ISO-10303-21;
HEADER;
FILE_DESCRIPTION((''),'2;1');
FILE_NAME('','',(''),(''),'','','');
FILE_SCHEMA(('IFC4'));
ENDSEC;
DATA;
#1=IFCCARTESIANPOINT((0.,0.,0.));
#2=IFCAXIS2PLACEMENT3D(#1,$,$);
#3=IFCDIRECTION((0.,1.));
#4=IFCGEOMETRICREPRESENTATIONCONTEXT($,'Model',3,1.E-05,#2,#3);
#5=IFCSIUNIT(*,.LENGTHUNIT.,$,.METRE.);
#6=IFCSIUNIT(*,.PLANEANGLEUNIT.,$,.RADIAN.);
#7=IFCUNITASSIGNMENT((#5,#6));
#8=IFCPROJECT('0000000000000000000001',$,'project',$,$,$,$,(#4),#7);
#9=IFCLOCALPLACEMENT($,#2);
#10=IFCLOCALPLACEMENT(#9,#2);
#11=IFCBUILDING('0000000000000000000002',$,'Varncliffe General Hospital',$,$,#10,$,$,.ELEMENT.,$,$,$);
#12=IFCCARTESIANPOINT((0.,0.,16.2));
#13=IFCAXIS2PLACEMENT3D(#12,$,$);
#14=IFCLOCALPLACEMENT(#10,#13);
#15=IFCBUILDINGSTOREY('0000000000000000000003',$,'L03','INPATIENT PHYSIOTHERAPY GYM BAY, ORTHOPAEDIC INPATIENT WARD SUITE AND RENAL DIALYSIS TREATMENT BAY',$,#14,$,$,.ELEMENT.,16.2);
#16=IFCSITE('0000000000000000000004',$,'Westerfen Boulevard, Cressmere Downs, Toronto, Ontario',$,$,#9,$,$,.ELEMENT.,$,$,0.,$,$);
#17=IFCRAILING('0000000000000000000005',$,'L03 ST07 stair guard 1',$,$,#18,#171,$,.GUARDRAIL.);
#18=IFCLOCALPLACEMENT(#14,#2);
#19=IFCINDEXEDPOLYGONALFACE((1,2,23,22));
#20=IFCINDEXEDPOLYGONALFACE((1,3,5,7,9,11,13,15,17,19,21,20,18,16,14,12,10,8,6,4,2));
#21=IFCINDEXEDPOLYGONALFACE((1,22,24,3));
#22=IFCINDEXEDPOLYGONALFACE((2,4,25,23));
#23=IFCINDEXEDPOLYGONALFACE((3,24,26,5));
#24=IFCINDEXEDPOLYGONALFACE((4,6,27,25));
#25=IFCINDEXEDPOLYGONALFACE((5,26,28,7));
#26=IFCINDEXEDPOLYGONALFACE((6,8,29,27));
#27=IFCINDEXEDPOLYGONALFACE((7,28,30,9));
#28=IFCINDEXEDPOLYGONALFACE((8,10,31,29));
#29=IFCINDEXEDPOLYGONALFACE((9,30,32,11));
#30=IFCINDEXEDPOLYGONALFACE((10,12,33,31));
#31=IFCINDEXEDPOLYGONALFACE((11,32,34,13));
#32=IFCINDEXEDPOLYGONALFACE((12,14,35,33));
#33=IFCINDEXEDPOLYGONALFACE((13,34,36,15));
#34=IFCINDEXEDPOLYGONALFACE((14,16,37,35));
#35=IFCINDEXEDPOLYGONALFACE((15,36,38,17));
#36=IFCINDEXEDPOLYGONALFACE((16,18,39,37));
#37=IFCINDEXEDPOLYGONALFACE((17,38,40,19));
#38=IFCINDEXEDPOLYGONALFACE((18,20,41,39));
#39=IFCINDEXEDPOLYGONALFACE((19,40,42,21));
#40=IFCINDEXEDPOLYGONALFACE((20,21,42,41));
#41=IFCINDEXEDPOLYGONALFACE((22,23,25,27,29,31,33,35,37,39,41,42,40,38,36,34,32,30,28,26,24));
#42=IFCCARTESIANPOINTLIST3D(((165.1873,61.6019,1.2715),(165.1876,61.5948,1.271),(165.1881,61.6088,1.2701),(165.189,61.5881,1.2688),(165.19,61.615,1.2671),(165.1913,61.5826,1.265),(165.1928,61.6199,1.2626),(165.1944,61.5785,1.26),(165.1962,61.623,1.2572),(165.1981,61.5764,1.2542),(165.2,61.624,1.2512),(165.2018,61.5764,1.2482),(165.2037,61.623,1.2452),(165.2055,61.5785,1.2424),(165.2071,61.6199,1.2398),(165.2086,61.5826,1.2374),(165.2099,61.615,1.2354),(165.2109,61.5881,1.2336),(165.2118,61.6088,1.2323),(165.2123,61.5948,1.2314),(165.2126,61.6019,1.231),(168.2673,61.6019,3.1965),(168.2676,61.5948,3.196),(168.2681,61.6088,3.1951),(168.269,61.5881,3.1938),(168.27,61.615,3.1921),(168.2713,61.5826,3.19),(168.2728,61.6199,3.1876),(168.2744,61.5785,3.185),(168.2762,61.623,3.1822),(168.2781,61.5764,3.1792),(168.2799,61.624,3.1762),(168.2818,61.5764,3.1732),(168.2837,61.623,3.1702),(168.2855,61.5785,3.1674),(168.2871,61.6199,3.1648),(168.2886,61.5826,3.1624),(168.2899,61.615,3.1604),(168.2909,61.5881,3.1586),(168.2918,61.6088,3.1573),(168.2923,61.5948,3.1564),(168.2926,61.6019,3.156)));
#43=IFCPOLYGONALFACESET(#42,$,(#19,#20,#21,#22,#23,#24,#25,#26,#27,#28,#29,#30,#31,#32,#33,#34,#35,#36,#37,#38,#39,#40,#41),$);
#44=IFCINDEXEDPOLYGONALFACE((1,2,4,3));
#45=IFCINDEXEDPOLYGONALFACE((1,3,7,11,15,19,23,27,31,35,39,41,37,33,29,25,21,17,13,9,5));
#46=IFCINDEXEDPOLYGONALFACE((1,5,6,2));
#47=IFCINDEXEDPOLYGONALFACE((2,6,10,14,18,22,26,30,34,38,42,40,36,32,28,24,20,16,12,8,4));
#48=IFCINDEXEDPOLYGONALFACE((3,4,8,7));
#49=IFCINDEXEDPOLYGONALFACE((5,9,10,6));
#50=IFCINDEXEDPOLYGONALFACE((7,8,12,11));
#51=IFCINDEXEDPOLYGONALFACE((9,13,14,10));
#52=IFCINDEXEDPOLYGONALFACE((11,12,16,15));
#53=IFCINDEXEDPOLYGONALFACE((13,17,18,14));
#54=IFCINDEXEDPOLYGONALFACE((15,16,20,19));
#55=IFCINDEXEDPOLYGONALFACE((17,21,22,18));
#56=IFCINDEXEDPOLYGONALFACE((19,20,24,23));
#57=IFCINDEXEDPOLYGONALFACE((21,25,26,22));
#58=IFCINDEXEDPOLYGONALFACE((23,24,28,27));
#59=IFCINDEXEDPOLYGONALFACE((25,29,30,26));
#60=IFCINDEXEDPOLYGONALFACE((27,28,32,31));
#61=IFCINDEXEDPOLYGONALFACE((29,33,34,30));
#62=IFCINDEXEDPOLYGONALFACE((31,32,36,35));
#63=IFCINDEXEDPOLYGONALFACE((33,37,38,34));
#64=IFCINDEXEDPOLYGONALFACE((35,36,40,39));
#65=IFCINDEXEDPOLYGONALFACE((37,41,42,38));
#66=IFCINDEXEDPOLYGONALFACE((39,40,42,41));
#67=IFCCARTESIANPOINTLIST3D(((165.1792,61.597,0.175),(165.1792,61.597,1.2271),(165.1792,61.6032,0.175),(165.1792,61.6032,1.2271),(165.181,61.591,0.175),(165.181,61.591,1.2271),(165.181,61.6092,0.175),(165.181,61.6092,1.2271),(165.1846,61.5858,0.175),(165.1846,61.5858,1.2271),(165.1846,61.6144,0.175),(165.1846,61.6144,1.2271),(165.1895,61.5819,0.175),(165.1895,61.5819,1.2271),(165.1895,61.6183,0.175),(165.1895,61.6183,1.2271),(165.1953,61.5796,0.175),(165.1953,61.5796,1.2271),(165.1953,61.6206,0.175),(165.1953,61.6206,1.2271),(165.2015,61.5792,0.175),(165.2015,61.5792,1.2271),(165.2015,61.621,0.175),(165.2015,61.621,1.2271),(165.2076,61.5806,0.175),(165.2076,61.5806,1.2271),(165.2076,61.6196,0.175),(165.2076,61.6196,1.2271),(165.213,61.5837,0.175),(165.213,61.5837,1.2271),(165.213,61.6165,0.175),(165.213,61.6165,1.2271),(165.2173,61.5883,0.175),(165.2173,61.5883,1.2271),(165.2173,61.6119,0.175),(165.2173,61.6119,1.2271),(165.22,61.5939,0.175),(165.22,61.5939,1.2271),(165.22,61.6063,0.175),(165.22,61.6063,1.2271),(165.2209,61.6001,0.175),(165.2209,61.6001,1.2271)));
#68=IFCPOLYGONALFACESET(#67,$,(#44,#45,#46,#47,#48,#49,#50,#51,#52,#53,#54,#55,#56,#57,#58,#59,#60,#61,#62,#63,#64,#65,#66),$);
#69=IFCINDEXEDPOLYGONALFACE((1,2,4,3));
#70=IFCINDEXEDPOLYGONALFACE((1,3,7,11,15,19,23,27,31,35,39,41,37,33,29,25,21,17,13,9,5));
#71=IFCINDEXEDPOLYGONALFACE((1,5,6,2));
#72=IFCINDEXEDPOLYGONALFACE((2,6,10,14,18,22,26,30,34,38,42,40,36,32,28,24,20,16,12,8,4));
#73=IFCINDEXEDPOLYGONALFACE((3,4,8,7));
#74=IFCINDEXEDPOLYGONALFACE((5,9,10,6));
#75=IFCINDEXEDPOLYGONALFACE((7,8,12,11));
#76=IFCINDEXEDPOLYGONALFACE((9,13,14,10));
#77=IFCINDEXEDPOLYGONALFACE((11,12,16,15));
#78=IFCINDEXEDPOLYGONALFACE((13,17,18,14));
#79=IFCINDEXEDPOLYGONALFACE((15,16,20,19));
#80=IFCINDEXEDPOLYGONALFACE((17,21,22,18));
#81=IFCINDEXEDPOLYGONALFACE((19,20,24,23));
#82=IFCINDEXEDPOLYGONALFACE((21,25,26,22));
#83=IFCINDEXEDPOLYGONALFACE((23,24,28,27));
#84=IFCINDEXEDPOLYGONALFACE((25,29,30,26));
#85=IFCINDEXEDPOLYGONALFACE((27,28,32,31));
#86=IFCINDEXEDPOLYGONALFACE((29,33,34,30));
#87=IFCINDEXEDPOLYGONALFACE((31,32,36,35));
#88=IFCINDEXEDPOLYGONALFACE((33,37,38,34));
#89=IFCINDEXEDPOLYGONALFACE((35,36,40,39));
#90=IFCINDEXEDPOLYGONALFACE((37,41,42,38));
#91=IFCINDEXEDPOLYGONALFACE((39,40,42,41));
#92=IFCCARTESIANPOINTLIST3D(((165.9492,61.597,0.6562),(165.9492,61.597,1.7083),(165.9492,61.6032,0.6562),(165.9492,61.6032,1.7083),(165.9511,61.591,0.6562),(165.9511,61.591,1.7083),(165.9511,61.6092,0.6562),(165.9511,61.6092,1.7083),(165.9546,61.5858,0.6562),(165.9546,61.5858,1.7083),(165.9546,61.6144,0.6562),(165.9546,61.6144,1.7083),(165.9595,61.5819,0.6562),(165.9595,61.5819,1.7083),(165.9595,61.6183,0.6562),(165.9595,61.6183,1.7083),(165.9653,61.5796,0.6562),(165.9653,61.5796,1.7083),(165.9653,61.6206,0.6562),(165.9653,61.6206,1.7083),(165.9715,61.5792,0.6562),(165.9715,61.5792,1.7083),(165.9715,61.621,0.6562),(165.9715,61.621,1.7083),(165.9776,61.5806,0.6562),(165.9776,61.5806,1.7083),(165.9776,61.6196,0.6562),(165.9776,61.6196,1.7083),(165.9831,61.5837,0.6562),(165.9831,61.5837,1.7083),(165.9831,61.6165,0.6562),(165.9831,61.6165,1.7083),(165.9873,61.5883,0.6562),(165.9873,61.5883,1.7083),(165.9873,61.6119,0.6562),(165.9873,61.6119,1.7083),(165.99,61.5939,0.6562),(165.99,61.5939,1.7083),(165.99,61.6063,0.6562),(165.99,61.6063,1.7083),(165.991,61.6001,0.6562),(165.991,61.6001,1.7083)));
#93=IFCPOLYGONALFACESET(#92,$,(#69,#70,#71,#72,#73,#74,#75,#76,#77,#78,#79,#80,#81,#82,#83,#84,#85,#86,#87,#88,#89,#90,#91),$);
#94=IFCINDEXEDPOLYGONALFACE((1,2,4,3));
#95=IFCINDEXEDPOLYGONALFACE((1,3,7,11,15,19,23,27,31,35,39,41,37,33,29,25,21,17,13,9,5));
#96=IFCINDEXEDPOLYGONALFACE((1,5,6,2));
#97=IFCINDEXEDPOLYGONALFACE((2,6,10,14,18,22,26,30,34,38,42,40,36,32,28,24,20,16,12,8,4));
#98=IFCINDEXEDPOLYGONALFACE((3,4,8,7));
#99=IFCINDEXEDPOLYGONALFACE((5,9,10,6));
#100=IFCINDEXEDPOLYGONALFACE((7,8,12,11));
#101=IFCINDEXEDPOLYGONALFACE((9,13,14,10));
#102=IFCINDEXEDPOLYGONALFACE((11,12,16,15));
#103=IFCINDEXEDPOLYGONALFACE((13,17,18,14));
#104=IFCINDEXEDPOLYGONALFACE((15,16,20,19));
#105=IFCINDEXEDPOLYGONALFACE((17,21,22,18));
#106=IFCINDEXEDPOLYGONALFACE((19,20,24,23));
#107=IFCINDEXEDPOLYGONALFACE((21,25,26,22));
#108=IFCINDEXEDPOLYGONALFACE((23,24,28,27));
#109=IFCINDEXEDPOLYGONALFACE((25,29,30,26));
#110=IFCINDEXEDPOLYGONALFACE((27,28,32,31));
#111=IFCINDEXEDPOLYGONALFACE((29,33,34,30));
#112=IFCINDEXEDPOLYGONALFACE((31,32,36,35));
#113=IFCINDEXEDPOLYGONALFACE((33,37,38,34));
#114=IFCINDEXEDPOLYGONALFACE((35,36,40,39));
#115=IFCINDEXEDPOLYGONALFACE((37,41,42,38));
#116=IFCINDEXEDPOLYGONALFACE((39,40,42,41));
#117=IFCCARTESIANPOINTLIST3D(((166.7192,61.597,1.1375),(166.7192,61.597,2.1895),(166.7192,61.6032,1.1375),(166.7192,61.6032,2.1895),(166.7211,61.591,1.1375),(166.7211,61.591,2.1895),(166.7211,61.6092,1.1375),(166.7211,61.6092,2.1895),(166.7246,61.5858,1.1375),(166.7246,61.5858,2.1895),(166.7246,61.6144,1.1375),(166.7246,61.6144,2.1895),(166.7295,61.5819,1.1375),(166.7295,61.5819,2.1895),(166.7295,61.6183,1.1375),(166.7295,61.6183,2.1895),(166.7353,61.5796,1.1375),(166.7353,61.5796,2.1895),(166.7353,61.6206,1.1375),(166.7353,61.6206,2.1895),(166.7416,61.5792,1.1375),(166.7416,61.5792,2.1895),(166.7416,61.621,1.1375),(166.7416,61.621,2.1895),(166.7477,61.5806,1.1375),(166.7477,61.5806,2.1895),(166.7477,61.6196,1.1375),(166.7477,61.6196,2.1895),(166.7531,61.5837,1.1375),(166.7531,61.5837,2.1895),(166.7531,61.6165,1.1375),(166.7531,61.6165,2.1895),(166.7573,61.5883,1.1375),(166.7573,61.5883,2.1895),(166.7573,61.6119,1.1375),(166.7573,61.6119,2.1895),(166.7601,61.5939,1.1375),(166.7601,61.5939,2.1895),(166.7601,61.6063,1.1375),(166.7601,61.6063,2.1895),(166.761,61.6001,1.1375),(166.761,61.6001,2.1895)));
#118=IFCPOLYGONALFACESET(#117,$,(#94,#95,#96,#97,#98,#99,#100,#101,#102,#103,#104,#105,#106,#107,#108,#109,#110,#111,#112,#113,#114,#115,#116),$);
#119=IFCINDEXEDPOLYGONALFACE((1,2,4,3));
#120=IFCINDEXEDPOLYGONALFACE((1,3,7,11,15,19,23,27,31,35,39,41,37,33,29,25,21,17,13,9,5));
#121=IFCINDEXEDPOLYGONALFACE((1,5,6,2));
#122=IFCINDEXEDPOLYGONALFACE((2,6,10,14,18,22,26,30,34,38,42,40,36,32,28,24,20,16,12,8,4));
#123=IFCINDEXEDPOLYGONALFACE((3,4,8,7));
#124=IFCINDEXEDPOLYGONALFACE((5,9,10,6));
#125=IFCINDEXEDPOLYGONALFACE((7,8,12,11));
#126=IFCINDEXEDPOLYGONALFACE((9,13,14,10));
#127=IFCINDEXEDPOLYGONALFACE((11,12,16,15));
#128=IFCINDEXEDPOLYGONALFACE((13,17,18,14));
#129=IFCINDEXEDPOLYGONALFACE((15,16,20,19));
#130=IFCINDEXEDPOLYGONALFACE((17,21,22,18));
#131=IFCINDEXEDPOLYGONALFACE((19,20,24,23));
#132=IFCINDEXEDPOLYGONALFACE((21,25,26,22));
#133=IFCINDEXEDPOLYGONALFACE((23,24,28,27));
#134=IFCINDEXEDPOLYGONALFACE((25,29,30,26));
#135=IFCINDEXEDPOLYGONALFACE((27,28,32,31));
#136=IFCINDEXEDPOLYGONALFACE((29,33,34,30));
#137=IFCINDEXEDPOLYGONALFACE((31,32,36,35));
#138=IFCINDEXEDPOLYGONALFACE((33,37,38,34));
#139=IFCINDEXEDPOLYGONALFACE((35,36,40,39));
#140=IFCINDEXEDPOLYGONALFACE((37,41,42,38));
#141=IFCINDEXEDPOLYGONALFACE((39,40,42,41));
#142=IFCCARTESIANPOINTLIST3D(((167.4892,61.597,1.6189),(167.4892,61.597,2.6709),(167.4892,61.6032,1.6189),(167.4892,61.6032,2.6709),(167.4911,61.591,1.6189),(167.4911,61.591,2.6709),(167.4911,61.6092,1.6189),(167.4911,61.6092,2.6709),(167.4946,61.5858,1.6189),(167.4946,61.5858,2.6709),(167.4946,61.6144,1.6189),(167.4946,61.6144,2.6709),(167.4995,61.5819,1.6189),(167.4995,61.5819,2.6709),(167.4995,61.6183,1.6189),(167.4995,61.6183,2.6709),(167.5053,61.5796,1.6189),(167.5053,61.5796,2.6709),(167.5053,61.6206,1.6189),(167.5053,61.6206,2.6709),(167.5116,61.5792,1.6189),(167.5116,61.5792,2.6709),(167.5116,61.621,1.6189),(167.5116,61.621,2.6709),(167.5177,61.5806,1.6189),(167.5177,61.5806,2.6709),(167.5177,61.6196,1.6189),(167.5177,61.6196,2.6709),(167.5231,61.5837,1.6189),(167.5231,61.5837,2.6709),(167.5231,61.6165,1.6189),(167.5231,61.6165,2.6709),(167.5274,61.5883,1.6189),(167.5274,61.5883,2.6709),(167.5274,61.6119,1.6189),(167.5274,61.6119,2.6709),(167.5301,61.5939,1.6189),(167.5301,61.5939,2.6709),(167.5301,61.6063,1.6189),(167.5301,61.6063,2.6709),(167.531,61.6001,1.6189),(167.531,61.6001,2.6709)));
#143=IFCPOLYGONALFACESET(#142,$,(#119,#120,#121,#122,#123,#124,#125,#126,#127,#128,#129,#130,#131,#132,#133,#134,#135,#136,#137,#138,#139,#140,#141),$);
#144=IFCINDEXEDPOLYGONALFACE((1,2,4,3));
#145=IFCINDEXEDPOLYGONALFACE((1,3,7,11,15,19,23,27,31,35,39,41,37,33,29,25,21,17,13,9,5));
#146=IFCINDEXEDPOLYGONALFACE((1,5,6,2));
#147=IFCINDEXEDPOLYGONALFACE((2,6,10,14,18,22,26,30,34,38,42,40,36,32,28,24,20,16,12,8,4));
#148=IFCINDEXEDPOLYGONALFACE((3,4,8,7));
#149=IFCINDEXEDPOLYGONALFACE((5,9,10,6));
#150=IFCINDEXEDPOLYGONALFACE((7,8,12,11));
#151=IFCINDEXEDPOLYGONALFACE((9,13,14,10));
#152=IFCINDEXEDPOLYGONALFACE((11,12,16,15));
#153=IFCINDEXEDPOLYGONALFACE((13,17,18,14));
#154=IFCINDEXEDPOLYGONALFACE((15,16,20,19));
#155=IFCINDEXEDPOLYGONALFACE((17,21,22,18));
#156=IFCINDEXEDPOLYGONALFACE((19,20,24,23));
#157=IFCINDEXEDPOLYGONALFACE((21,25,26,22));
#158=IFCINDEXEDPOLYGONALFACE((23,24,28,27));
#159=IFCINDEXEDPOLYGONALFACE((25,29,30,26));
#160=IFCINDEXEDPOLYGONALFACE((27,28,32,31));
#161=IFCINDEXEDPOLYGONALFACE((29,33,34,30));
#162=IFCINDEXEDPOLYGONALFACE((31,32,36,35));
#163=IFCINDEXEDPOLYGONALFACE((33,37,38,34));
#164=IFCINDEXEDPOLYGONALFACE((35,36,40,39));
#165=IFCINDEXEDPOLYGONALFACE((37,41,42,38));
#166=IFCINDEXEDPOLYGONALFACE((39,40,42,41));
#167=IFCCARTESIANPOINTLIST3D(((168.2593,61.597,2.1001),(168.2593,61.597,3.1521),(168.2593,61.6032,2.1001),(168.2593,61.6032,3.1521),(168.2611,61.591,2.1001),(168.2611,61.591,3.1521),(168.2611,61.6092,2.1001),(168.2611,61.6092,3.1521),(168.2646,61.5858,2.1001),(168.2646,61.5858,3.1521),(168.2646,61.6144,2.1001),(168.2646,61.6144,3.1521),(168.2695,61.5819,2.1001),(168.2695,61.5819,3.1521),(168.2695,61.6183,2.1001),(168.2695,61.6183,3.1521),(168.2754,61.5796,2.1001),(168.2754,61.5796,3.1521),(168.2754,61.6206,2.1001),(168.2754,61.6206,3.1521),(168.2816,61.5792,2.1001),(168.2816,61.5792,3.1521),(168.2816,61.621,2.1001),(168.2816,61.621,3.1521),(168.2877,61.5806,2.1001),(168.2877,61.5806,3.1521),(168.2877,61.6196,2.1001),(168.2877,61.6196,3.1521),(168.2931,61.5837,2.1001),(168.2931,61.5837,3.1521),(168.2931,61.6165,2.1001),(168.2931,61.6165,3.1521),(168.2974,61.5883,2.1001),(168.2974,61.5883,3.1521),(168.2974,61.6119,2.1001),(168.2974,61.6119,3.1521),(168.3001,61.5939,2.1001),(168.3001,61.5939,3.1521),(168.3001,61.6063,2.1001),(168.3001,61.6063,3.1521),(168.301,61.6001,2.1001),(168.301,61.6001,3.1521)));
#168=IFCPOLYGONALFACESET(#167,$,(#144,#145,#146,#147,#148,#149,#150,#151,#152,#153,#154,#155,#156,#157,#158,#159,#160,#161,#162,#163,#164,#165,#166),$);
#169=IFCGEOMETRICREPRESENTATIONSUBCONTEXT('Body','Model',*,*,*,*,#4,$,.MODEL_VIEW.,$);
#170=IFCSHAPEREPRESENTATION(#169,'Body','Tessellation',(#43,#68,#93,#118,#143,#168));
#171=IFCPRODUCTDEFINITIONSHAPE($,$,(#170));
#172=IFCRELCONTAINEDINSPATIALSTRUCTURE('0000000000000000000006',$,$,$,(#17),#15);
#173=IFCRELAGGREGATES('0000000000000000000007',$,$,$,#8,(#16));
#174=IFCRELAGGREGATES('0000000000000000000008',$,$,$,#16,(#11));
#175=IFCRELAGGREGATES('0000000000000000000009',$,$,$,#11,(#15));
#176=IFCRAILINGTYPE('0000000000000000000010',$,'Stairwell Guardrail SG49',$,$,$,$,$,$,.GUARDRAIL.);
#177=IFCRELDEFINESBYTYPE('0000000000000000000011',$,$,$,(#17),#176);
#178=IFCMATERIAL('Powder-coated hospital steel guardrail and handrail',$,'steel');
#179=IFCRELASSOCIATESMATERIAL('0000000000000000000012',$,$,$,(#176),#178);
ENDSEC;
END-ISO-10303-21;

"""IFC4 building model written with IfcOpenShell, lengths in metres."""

from ifc_helpers import new_model, si_unit, direction, frame, origin, origin_2d, place, context, subcontext, project, spatial, circle, extrude, material, type_object, element, save


model = new_model("IFC4")

# Units and contexts
model_context = context("Model", 3, precision=1e-05, world=origin(), true_north=direction((0.0, 1.0)))
body_context = subcontext(model_context, "Body", "Model", "MODEL_VIEW")
ifc_project = project(units=[si_unit("LENGTHUNIT", "METRE"), si_unit("PLANEANGLEUNIT", "RADIAN")], contexts=[model_context])

# Site, building, storey
site_placement = place(None, origin())
site = spatial("IfcSite", under=ifc_project, at=site_placement, Name="Westerfen Boulevard, Cressmere Downs, Toronto, Ontario", CompositionType="ELEMENT", RefElevation=0.0)
building_placement = place(site_placement, origin())
building = spatial("IfcBuilding", under=site, at=building_placement, Name="Varncliffe General Hospital", CompositionType="ELEMENT")
storey_placement = place(building_placement, frame((0.0, 0.0, 16.2)))
storey = spatial("IfcBuildingStorey", under=building, at=storey_placement, Name="L03", Description="INPATIENT PHYSIOTHERAPY GYM BAY, ORTHOPAEDIC INPATIENT WARD SUITE AND RENAL DIALYSIS TREATMENT BAY", CompositionType="ELEMENT", Elevation=16.2)

# Railing
ifc_material_1 = material(Name="Powder-coated hospital steel guardrail and handrail", Category="steel")
railing_type_1 = type_object("IfcRailingType", Name="Stairwell Guardrail SG49", PredefinedType="GUARDRAIL", material=ifc_material_1)
railing_1_placement = place(storey_placement, frame((165.2, 61.6001, 0.175)))
element("IfcRailing", 1, at=railing_1_placement, inside=storey, type_object=railing_type_1, Name="L03 ST07 stair guard 1", PredefinedType="GUARDRAIL", context=body_context, shape_type="SweptSolid", body=[
    extrude(circle(Radius=0.0239, at=origin_2d()), frame((0.0, 0.0, 1.0762), z_axis=(0.847998, 0.0, 0.529999), x_axis=(0.0, 1.0, 0.0)), (0.0, 0.0, 1.0), 3.6321),
    extrude(circle(Radius=0.021, at=origin_2d()), origin(), (0.0, 0.0, 1.0), 1.052),
    extrude(circle(Radius=0.021, at=origin_2d()), frame((0.77, 0.0, 0.4812)), (0.0, 0.0, 1.0), 1.052),
    extrude(circle(Radius=0.021, at=origin_2d()), frame((1.54, 0.0, 0.9624)), (0.0, 0.0, 1.0), 1.052),
    extrude(circle(Radius=0.021, at=origin_2d()), frame((2.3101, 0.0, 1.4438)), (0.0, 0.0, 1.0), 1.052),
    extrude(circle(Radius=0.021, at=origin_2d()), frame((3.0801, 0.0, 1.925)), (0.0, 0.0, 1.0), 1.052),
])

save(model, "model.ifc")
